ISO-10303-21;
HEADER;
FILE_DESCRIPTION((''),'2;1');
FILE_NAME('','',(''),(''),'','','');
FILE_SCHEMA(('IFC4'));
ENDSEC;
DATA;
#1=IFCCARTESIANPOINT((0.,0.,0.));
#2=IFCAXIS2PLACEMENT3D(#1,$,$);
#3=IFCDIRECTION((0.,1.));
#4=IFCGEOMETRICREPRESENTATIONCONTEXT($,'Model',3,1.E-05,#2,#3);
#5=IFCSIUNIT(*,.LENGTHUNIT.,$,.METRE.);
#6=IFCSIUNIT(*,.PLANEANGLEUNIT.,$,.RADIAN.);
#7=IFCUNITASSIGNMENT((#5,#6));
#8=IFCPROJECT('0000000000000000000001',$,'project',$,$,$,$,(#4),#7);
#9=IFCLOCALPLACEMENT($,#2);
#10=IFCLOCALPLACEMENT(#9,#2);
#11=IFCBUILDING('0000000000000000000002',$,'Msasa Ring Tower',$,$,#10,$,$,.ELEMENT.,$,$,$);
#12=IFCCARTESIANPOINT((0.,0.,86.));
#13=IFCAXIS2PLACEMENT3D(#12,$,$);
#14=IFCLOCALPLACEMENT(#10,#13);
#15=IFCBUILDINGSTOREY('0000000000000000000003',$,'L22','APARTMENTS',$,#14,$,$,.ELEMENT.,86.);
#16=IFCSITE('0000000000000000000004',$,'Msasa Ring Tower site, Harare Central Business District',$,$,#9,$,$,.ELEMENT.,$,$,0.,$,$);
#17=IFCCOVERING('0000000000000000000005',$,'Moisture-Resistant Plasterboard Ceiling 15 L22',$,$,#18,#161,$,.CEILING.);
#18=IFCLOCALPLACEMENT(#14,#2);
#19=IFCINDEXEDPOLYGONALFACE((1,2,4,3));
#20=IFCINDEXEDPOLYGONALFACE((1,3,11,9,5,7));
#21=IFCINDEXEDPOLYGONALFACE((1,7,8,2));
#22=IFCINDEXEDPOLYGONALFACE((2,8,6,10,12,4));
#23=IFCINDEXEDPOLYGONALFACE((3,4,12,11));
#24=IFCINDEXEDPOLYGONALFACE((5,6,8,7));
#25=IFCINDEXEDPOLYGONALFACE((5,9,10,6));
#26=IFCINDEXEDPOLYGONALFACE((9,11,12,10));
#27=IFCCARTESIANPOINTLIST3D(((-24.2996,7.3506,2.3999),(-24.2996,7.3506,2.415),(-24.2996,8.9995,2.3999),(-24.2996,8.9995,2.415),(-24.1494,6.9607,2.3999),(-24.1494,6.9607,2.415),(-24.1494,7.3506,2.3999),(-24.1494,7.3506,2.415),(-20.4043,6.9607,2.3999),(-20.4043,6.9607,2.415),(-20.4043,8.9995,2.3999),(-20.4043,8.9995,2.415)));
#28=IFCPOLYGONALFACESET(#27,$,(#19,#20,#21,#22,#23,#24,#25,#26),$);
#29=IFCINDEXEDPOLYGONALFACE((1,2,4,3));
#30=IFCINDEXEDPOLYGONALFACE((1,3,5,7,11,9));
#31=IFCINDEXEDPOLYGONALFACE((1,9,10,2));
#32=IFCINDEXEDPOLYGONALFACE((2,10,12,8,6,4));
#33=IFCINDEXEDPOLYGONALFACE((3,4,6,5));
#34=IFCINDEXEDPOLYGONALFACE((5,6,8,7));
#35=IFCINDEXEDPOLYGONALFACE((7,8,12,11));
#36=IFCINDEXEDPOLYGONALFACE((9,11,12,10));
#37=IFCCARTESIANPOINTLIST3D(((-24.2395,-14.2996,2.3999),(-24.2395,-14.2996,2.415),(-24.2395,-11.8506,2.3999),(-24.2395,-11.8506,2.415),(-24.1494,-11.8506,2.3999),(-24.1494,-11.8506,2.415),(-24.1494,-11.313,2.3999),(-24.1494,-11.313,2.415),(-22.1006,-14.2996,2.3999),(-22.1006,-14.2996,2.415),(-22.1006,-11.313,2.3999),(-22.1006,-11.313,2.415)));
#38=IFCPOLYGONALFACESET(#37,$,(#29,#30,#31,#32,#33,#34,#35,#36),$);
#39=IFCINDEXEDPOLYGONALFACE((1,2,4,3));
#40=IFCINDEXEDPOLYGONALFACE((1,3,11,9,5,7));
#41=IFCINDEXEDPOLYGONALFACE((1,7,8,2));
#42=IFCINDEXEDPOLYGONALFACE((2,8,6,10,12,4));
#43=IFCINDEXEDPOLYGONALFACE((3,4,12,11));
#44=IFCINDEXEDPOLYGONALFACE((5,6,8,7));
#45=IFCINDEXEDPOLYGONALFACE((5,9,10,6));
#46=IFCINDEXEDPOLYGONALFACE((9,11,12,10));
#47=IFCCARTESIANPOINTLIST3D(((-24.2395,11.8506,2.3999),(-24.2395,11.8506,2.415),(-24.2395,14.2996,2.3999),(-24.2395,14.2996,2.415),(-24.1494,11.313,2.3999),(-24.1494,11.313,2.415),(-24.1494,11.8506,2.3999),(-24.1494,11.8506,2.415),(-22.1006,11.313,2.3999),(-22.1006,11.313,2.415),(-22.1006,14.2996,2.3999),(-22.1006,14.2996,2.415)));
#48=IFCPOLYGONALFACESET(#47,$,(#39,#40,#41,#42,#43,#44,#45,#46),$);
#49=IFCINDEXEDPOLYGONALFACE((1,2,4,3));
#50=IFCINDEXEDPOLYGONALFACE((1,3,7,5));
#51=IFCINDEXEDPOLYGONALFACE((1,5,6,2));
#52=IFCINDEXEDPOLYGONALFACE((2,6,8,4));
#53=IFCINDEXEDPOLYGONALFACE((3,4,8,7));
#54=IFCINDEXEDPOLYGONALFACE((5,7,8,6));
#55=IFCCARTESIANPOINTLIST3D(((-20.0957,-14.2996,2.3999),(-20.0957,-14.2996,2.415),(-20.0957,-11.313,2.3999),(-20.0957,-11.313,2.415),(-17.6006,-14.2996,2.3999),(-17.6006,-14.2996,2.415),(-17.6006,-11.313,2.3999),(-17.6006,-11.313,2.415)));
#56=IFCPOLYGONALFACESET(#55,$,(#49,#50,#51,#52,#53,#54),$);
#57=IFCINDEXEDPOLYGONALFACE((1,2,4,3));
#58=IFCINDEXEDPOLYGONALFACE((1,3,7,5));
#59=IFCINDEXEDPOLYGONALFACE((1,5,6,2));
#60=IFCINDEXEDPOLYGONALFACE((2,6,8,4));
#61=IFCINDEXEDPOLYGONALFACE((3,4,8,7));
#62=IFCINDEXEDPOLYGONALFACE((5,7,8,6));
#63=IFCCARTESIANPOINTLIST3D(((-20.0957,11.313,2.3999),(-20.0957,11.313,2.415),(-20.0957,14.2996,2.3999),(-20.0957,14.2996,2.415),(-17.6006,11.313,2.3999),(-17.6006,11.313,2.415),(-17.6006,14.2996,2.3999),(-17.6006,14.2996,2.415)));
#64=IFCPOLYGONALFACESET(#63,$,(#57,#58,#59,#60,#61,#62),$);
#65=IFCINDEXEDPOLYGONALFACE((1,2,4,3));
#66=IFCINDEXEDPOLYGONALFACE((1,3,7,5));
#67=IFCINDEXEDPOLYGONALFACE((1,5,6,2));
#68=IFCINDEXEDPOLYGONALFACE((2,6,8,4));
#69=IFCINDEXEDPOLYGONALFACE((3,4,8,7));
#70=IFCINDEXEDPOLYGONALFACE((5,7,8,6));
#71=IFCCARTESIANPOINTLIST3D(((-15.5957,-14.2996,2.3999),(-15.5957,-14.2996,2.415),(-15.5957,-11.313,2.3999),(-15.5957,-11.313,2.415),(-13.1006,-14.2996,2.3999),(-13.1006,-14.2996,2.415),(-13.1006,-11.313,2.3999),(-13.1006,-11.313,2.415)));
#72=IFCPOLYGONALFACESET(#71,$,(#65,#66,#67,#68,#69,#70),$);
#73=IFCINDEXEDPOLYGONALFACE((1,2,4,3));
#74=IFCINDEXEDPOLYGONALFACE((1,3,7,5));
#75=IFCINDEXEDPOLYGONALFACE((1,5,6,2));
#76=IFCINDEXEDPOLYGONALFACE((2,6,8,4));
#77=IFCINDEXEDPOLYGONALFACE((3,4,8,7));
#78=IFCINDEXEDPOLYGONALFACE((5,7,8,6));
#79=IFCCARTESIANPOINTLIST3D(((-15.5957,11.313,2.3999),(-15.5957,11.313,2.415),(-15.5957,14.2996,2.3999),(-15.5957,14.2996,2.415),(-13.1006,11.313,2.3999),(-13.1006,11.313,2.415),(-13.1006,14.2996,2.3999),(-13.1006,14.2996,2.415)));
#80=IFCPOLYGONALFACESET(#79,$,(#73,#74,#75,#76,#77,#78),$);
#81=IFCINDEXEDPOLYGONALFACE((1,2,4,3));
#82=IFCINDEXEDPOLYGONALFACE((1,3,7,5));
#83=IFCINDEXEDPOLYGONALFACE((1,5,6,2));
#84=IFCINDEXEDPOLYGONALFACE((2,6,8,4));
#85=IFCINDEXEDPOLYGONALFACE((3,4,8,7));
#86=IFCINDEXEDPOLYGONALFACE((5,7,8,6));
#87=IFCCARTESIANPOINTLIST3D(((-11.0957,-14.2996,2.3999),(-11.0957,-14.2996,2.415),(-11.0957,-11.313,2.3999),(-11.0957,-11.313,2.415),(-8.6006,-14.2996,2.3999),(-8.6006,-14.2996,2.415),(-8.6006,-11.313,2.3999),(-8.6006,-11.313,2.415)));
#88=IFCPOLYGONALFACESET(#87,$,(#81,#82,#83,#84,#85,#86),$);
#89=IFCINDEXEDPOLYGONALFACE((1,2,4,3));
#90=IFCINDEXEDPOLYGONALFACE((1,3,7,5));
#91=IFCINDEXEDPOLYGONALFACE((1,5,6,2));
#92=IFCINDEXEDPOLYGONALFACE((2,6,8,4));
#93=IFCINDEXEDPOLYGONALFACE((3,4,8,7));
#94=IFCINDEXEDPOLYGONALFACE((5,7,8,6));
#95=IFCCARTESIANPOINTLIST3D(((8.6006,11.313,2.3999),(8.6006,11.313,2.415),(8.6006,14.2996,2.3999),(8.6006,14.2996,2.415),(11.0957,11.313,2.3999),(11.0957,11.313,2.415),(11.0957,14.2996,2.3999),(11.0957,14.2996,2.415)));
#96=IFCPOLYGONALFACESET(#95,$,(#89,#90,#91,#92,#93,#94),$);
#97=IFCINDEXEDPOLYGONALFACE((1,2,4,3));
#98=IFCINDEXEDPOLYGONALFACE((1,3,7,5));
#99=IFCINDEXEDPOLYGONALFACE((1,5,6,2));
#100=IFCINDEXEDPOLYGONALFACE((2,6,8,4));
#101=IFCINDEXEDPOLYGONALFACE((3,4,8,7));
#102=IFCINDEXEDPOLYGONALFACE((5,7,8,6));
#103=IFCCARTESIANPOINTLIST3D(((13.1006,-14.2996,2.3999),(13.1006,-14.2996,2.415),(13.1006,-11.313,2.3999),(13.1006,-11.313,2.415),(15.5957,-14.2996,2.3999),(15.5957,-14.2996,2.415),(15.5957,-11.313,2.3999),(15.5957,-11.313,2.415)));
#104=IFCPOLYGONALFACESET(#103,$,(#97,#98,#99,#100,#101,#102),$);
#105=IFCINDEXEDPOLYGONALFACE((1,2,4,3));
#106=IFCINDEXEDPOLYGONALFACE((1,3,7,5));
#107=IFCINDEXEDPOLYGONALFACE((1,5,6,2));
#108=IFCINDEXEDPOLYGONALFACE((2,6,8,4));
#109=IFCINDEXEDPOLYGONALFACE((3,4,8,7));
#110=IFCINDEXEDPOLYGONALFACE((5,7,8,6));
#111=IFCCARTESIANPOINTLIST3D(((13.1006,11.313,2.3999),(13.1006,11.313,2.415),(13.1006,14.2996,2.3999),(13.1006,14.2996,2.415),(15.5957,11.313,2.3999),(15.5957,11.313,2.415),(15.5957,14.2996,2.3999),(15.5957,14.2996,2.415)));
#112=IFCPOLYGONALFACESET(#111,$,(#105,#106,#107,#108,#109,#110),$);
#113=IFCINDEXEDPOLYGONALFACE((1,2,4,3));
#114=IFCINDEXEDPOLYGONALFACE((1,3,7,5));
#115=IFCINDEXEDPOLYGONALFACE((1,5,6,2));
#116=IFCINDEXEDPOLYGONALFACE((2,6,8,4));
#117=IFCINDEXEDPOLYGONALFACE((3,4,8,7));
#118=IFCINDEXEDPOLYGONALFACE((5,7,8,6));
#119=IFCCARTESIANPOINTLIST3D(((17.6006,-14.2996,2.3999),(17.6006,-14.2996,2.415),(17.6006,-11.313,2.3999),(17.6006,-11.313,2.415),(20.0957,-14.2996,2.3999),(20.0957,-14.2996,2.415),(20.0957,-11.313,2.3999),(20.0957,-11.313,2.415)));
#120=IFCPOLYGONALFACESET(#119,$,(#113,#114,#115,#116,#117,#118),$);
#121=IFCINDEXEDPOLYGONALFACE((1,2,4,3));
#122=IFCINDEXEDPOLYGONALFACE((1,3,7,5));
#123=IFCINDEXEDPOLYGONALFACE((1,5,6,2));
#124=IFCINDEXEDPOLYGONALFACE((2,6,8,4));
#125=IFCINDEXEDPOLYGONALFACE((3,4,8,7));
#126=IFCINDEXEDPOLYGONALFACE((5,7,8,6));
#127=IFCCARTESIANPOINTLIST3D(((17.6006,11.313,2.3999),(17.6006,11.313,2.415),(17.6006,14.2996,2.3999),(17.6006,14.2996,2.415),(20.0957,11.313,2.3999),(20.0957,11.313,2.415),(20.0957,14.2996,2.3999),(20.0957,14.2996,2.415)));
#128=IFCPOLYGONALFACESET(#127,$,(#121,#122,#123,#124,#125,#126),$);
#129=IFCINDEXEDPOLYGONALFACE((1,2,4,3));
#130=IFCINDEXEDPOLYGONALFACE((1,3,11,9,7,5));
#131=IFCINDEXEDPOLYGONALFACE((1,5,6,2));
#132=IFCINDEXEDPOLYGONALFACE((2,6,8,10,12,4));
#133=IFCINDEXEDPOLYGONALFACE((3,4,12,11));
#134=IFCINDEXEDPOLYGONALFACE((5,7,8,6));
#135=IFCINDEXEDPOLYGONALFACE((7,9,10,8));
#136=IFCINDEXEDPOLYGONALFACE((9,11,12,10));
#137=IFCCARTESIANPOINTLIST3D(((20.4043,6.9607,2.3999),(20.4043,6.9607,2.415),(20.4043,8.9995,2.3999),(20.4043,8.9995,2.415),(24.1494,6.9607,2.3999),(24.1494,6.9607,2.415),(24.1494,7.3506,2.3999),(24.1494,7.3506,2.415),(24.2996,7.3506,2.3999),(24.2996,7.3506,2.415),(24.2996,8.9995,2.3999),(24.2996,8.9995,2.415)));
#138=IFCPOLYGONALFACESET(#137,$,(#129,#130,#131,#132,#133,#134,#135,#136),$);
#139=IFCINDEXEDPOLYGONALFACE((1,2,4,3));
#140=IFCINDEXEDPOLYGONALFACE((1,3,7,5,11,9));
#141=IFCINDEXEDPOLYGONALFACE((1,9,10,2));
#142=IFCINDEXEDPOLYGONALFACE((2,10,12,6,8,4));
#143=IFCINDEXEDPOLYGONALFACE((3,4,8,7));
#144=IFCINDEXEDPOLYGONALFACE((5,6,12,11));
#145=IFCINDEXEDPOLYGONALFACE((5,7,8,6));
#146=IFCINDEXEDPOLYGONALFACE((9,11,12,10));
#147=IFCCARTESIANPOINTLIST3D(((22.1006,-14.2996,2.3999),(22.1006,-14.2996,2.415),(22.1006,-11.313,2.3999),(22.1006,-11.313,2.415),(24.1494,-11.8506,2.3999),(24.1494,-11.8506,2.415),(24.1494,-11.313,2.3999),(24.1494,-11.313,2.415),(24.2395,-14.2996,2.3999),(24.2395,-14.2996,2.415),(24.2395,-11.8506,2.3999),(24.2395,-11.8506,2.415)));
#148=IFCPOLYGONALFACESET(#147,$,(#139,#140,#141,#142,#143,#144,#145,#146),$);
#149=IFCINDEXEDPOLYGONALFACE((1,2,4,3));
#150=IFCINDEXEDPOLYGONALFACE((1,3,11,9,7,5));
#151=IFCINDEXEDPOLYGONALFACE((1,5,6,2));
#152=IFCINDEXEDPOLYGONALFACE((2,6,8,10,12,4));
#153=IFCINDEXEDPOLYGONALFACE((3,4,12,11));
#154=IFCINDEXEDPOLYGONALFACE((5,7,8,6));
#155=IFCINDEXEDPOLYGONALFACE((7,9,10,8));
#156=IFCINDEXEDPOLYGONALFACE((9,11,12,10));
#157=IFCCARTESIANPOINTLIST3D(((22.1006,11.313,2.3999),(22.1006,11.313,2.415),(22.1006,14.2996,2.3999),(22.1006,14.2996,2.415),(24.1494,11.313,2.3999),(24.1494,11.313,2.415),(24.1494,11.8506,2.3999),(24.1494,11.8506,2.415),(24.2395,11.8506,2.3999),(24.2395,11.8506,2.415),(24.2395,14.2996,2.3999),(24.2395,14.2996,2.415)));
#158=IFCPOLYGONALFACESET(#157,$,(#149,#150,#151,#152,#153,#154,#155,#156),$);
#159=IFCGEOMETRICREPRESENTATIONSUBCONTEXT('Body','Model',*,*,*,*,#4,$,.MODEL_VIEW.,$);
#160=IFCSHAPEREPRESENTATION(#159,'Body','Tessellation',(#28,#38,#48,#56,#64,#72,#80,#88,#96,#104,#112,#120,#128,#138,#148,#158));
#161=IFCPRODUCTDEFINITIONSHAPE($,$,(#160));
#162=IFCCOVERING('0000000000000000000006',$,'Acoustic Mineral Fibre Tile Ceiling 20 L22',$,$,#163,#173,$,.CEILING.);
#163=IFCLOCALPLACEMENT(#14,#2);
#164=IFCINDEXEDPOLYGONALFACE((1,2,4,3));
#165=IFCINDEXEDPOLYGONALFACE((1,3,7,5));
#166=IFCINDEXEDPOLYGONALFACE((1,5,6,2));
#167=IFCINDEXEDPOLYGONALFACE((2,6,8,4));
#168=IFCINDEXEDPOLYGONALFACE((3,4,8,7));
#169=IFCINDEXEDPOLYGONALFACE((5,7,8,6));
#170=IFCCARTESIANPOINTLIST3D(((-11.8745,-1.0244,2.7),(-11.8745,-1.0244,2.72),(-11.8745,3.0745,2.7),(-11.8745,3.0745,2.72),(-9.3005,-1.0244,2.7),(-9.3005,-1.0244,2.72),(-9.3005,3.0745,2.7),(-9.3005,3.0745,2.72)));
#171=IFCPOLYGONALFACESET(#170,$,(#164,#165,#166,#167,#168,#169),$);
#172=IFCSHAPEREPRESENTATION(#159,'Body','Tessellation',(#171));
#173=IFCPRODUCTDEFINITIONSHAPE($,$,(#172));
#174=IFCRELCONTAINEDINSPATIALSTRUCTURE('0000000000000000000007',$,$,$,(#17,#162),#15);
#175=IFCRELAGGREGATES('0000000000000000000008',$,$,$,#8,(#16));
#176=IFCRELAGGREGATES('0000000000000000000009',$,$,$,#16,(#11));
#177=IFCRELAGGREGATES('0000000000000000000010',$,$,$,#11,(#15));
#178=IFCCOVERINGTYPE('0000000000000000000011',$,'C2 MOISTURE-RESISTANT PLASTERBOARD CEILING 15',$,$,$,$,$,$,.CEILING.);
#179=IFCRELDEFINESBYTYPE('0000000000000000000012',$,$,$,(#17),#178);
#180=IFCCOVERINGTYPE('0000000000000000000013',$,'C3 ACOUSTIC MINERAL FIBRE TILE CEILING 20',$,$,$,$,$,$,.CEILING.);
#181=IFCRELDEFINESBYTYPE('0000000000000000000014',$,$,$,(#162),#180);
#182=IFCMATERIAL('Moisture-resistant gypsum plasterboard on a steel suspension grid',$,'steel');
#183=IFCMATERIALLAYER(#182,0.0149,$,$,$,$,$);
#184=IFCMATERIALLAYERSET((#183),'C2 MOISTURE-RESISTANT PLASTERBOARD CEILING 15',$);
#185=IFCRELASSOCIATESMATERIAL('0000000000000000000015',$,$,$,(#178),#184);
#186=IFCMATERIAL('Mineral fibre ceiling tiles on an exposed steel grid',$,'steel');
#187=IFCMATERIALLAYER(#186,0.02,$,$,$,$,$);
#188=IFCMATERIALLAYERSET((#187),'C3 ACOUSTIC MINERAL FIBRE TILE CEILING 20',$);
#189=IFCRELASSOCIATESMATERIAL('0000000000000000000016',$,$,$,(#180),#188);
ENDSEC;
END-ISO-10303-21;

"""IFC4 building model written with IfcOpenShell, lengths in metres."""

from ifc_helpers import new_model, si_unit, direction, frame, origin, place, context, subcontext, project, spatial, line, indexed_curve, outline, extrude, material, layer, layer_set, type_object, element, save


model = new_model("IFC4")

# Units and contexts
model_context = context("Model", 3, precision=1e-05, world=origin(), true_north=direction((0.0, 1.0)))
body_context = subcontext(model_context, "Body", "Model", "MODEL_VIEW")
ifc_project = project(units=[si_unit("LENGTHUNIT", "METRE"), si_unit("PLANEANGLEUNIT", "RADIAN")], contexts=[model_context])

# Site, building, storey
site_placement = place(None, origin())
site = spatial("IfcSite", under=ifc_project, at=site_placement, Name="Msasa Ring Tower site, Harare Central Business District", CompositionType="ELEMENT", RefElevation=0.0)
building_placement = place(site_placement, origin())
building = spatial("IfcBuilding", under=site, at=building_placement, Name="Msasa Ring Tower", CompositionType="ELEMENT")
storey_placement = place(building_placement, frame((0.0, 0.0, 86.0)))
storey = spatial("IfcBuildingStorey", under=building, at=storey_placement, Name="L22", Description="APARTMENTS", CompositionType="ELEMENT", Elevation=86.0)

# Coverings
ifc_material_1 = material(Name="Moisture-resistant gypsum plasterboard on a steel suspension grid", Category="steel")
ifc_layer_1 = layer(ifc_material_1, 0.0149)
ifc_layer_set_1 = layer_set([ifc_layer_1], Name="C2 MOISTURE-RESISTANT PLASTERBOARD CEILING 15")
covering_type_1 = type_object("IfcCoveringType", Name="C2 MOISTURE-RESISTANT PLASTERBOARD CEILING 15", PredefinedType="CEILING", material=ifc_layer_set_1)
covering_1_placement = place(storey_placement, frame((0.0, 0.0, 2.3999)))
element("IfcCovering", 1, at=covering_1_placement, inside=storey, type_object=covering_type_1, Name="Moisture-Resistant Plasterboard Ceiling 15 L22", PredefinedType="CEILING", context=body_context, shape_type="SweptSolid", body=[
    extrude(outline(indexed_curve([(-24.2996, 8.9995), (-20.4043, 8.9995), (-20.4043, 6.9607), (-24.1494, 6.9607), (-24.1494, 7.3506), (-24.2996, 7.3506)], segments=[line(1, 2, 3, 4, 5, 6, 1)], self_intersect=False)), origin(), (0.0, 0.0, 1.0), 0.0151),
    extrude(outline(indexed_curve([(-24.2395, -11.8506), (-24.1494, -11.8506), (-24.1494, -11.313), (-22.1006, -11.313), (-22.1006, -14.2996), (-24.2395, -14.2996)], segments=[line(1, 2, 3, 4, 5, 6, 1)], self_intersect=False)), origin(), (0.0, 0.0, 1.0), 0.0151),
    extrude(outline(indexed_curve([(-24.2395, 14.2996), (-22.1006, 14.2996), (-22.1006, 11.313), (-24.1494, 11.313), (-24.1494, 11.8506), (-24.2395, 11.8506)], segments=[line(1, 2, 3, 4, 5, 6, 1)], self_intersect=False)), origin(), (0.0, 0.0, 1.0), 0.0151),
    extrude(outline(indexed_curve([(-17.6006, -11.313), (-17.6006, -14.2996), (-20.0957, -14.2996), (-20.0957, -11.313)], segments=[line(1, 2, 3, 4, 1)], self_intersect=False)), origin(), (0.0, 0.0, 1.0), 0.0151),
    extrude(outline(indexed_curve([(-17.6006, 14.2996), (-17.6006, 11.313), (-20.0957, 11.313), (-20.0957, 14.2996)], segments=[line(1, 2, 3, 4, 1)], self_intersect=False)), origin(), (0.0, 0.0, 1.0), 0.0151),
    extrude(outline(indexed_curve([(-13.1006, -11.313), (-13.1006, -14.2996), (-15.5957, -14.2996), (-15.5957, -11.313)], segments=[line(1, 2, 3, 4, 1)], self_intersect=False)), origin(), (0.0, 0.0, 1.0), 0.0151),
    extrude(outline(indexed_curve([(-13.1006, 14.2996), (-13.1006, 11.313), (-15.5957, 11.313), (-15.5957, 14.2996)], segments=[line(1, 2, 3, 4, 1)], self_intersect=False)), origin(), (0.0, 0.0, 1.0), 0.0151),
    extrude(outline(indexed_curve([(-8.6006, -11.313), (-8.6006, -14.2996), (-11.0957, -14.2996), (-11.0957, -11.313)], segments=[line(1, 2, 3, 4, 1)], self_intersect=False)), origin(), (0.0, 0.0, 1.0), 0.0151),
    extrude(outline(indexed_curve([(8.6006, 14.2996), (11.0957, 14.2996), (11.0957, 11.313), (8.6006, 11.313)], segments=[line(1, 2, 3, 4, 1)], self_intersect=False)), origin(), (0.0, 0.0, 1.0), 0.0151),
    extrude(outline(indexed_curve([(13.1006, -11.313), (15.5957, -11.313), (15.5957, -14.2996), (13.1006, -14.2996)], segments=[line(1, 2, 3, 4, 1)], self_intersect=False)), origin(), (0.0, 0.0, 1.0), 0.0151),
    extrude(outline(indexed_curve([(13.1006, 14.2996), (15.5957, 14.2996), (15.5957, 11.313), (13.1006, 11.313)], segments=[line(1, 2, 3, 4, 1)], self_intersect=False)), origin(), (0.0, 0.0, 1.0), 0.0151),
    extrude(outline(indexed_curve([(17.6006, -11.313), (20.0957, -11.313), (20.0957, -14.2996), (17.6006, -14.2996)], segments=[line(1, 2, 3, 4, 1)], self_intersect=False)), origin(), (0.0, 0.0, 1.0), 0.0151),
    extrude(outline(indexed_curve([(17.6006, 14.2996), (20.0957, 14.2996), (20.0957, 11.313), (17.6006, 11.313)], segments=[line(1, 2, 3, 4, 1)], self_intersect=False)), origin(), (0.0, 0.0, 1.0), 0.0151),
    extrude(outline(indexed_curve([(24.2996, 8.9995), (24.2996, 7.3506), (24.1494, 7.3506), (24.1494, 6.9607), (20.4043, 6.9607), (20.4043, 8.9995)], segments=[line(1, 2, 3, 4, 5, 6, 1)], self_intersect=False)), origin(), (0.0, 0.0, 1.0), 0.0151),
    extrude(outline(indexed_curve([(22.1006, -11.313), (24.1494, -11.313), (24.1494, -11.8506), (24.2395, -11.8506), (24.2395, -14.2996), (22.1006, -14.2996)], segments=[line(1, 2, 3, 4, 5, 6, 1)], self_intersect=False)), origin(), (0.0, 0.0, 1.0), 0.0151),
    extrude(outline(indexed_curve([(22.1006, 14.2996), (24.2395, 14.2996), (24.2395, 11.8506), (24.1494, 11.8506), (24.1494, 11.313), (22.1006, 11.313)], segments=[line(1, 2, 3, 4, 5, 6, 1)], self_intersect=False)), origin(), (0.0, 0.0, 1.0), 0.0151),
])
ifc_material_2 = material(Name="Mineral fibre ceiling tiles on an exposed steel grid", Category="steel")
ifc_layer_2 = layer(ifc_material_2, 0.02)
ifc_layer_set_2 = layer_set([ifc_layer_2], Name="C3 ACOUSTIC MINERAL FIBRE TILE CEILING 20")
covering_type_2 = type_object("IfcCoveringType", Name="C3 ACOUSTIC MINERAL FIBRE TILE CEILING 20", PredefinedType="CEILING", material=ifc_layer_set_2)
covering_2_placement = place(storey_placement, frame((0.0, 0.0, 2.7)))
element("IfcCovering", 2, at=covering_2_placement, inside=storey, type_object=covering_type_2, Name="Acoustic Mineral Fibre Tile Ceiling 20 L22", PredefinedType="CEILING", context=body_context, shape_type="SweptSolid", body=[
    extrude(outline(indexed_curve([(-11.8745, 3.0745), (-9.3005, 3.0745), (-9.3005, -1.0244), (-11.8745, -1.0244)], segments=[line(1, 2, 3, 4, 1)], self_intersect=False)), origin(), (0.0, 0.0, 1.0), 0.02),
])

save(model, "model.ifc")
